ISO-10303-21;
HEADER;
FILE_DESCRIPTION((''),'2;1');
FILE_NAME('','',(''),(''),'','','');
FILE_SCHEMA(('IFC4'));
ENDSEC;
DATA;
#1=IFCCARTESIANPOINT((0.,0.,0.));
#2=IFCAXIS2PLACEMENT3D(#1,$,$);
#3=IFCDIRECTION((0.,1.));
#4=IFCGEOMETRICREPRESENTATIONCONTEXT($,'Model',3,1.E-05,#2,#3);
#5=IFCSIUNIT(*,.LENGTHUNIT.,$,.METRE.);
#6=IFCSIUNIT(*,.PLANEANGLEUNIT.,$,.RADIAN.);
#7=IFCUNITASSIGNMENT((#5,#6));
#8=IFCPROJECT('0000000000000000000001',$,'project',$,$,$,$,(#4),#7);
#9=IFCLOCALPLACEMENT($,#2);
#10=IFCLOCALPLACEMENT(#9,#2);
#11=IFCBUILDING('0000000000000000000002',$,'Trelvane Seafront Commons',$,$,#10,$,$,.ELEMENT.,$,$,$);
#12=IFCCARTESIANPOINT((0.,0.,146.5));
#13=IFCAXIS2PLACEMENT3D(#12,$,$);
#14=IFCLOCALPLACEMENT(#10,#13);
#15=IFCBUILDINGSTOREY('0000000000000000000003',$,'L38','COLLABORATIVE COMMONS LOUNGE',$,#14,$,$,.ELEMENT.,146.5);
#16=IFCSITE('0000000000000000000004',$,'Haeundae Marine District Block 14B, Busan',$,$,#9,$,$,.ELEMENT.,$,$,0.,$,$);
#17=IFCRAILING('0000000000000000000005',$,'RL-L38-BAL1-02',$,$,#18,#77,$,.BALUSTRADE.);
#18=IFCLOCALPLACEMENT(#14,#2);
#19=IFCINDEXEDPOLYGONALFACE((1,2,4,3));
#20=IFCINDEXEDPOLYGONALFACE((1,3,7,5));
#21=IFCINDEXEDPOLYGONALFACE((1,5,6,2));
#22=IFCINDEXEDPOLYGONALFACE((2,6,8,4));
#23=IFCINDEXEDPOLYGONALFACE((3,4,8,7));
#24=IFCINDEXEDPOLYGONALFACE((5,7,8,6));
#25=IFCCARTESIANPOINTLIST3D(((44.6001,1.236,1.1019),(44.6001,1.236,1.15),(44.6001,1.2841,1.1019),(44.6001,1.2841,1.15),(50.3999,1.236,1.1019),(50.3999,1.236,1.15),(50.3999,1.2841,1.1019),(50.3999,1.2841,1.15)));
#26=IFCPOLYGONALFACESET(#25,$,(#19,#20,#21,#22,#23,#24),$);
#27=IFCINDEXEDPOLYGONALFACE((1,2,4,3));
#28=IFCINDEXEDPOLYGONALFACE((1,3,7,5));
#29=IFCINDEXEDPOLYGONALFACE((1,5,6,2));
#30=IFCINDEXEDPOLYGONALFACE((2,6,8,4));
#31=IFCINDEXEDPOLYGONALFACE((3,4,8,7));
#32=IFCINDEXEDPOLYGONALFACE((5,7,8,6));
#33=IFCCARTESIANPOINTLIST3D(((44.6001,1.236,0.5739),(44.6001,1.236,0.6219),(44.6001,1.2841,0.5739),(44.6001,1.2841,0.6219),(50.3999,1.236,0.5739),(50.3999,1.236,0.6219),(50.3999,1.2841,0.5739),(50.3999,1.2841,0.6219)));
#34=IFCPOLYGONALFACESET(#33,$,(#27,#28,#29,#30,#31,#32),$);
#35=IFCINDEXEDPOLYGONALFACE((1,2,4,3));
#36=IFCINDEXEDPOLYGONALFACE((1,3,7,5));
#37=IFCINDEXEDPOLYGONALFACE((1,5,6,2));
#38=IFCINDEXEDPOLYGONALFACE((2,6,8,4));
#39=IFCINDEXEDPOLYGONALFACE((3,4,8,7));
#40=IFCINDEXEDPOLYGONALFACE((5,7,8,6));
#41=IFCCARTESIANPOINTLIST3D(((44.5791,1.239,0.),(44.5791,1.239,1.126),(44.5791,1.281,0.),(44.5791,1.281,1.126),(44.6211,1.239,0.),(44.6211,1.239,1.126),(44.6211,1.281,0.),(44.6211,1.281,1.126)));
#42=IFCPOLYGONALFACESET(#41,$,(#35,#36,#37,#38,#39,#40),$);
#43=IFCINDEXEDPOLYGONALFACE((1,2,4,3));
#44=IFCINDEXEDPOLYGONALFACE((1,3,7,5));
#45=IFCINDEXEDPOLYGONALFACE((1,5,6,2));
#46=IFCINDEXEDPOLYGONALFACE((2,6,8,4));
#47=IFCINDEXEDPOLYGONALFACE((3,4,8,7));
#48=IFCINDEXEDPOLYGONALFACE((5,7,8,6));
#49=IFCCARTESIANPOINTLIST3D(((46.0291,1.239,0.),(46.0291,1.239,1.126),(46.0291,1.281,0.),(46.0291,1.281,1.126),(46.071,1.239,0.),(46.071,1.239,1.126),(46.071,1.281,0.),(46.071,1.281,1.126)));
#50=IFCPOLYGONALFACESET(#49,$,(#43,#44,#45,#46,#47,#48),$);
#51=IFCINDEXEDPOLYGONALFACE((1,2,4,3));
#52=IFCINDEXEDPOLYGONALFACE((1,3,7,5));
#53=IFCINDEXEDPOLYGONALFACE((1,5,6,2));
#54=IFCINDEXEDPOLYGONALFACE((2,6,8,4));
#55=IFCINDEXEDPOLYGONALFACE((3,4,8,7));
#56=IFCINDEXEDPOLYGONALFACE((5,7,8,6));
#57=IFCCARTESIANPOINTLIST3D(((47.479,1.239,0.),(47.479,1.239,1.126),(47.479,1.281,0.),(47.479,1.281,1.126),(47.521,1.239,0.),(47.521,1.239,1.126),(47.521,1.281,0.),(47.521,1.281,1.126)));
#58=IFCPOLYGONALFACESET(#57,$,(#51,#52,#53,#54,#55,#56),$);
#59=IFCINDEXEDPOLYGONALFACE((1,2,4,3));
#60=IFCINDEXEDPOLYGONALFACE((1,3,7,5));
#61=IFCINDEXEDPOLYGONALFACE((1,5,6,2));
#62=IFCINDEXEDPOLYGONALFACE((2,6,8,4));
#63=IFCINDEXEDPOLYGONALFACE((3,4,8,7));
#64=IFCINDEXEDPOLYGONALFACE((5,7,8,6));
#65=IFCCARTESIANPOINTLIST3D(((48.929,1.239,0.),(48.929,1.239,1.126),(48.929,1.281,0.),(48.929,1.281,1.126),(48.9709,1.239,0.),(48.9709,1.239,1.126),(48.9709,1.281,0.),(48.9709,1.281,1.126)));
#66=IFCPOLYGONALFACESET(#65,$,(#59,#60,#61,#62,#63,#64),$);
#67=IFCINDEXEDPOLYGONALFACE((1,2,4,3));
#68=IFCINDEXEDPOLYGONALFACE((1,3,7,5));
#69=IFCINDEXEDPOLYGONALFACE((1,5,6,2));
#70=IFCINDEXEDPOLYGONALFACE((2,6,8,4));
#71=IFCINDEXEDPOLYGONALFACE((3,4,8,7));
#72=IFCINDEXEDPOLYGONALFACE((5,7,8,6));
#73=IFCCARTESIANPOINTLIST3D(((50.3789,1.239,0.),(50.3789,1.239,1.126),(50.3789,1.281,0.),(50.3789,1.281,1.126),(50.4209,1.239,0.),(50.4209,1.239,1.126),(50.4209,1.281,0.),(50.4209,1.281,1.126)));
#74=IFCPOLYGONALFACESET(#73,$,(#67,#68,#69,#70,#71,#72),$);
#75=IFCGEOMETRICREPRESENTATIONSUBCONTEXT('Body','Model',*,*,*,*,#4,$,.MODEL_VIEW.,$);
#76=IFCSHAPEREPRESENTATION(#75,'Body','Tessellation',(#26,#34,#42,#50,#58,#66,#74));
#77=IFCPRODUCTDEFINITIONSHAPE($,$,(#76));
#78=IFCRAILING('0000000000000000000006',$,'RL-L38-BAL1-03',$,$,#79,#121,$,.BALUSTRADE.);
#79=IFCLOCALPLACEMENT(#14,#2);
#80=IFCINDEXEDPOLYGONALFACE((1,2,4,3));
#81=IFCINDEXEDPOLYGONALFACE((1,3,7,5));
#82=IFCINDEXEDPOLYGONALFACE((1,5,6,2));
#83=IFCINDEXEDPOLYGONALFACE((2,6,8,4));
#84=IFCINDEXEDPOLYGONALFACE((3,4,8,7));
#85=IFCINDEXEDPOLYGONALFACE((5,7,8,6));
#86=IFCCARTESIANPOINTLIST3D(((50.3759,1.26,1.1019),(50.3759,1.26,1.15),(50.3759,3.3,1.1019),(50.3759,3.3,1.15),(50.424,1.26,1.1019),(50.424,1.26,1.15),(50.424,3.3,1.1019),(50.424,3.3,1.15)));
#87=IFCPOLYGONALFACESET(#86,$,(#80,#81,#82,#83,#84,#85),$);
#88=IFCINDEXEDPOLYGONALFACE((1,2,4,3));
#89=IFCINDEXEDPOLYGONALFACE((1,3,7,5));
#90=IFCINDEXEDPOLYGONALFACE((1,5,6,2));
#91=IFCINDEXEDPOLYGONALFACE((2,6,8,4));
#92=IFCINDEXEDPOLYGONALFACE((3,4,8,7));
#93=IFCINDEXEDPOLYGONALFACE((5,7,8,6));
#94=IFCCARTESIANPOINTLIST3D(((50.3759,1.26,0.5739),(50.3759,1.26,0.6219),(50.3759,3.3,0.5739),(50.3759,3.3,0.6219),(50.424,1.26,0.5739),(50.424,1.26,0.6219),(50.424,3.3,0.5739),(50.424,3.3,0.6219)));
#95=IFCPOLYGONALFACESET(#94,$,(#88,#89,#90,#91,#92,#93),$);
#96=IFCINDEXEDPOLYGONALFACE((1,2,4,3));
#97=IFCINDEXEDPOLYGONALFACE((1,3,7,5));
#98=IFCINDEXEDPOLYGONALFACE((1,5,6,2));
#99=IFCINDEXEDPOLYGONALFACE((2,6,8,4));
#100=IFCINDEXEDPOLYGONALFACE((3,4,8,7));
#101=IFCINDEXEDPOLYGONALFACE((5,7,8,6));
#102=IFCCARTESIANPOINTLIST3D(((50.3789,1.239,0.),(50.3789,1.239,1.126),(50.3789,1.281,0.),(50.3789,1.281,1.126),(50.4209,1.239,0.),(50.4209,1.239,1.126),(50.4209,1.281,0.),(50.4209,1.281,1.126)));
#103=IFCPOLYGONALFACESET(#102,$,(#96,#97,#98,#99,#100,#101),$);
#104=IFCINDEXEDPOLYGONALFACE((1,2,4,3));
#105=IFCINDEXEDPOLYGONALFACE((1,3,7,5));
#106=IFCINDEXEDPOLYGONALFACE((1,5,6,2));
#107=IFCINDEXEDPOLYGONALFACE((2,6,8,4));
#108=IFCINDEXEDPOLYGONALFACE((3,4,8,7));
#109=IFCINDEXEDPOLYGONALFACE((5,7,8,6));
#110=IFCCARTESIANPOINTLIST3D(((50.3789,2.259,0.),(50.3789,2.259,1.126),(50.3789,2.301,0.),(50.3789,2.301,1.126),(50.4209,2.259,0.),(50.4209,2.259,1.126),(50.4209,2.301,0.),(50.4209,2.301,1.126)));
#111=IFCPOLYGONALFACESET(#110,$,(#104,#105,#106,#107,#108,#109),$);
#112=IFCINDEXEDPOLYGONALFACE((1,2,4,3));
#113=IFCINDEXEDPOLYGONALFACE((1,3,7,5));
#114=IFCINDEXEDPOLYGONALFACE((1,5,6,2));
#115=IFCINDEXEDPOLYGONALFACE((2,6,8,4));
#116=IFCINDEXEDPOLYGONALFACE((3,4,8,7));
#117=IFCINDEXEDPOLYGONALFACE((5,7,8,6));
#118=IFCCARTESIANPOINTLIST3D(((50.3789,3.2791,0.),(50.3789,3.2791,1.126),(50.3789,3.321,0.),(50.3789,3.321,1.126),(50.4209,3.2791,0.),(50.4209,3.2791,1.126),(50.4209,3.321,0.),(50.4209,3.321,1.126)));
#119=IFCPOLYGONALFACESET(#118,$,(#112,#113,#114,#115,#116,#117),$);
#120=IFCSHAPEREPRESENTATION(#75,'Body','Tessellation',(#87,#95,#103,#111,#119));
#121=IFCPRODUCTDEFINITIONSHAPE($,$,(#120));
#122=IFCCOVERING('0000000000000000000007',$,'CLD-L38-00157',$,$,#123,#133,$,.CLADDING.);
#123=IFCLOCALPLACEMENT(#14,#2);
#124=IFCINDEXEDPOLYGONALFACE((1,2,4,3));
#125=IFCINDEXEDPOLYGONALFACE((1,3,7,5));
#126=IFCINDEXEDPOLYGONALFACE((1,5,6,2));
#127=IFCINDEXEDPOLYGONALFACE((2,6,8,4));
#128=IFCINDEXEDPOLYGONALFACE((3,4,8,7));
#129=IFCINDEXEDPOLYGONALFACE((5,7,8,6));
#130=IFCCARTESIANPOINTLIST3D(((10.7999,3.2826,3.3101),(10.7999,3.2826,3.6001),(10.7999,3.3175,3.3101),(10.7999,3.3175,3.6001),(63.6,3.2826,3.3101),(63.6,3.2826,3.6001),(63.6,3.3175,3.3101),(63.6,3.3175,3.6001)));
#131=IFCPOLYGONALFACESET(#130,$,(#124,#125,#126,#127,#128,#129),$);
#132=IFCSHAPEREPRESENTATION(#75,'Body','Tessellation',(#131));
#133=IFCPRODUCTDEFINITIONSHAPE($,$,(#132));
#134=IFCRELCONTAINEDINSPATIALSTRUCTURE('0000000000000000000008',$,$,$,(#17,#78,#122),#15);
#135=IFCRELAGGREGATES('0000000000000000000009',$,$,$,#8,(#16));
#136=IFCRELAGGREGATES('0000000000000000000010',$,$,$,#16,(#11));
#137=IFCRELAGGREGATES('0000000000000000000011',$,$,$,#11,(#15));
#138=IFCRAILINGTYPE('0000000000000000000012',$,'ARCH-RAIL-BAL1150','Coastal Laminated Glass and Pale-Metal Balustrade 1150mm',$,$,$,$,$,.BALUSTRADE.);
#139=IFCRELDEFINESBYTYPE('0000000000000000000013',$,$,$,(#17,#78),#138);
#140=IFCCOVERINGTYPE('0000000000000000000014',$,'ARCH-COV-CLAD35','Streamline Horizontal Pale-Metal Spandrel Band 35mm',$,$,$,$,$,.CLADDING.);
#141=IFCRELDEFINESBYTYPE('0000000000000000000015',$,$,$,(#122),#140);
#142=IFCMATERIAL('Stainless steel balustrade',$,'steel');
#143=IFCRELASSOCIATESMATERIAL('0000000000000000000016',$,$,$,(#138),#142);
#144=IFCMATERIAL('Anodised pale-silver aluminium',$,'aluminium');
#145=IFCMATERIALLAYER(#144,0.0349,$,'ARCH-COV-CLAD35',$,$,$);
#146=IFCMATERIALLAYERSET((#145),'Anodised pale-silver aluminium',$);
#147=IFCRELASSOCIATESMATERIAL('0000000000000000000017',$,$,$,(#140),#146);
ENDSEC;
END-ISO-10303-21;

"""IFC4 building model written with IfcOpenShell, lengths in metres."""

from ifc_helpers import new_model, si_unit, direction, frame, origin, origin_2d, place, context, subcontext, project, spatial, rectangle, extrude, source, transform, mapped, material, layer, layer_set, type_object, element, save


model = new_model("IFC4")

# Units and contexts
model_context = context("Model", 3, precision=1e-05, world=origin(), true_north=direction((0.0, 1.0)))
body_context = subcontext(model_context, "Body", "Model", "MODEL_VIEW")
ifc_project = project(units=[si_unit("LENGTHUNIT", "METRE"), si_unit("PLANEANGLEUNIT", "RADIAN")], contexts=[model_context])

# Site, building, storey
site_placement = place(None, origin())
site = spatial("IfcSite", under=ifc_project, at=site_placement, Name="Haeundae Marine District Block 14B, Busan", CompositionType="ELEMENT", RefElevation=0.0)
building_placement = place(site_placement, origin())
building = spatial("IfcBuilding", under=site, at=building_placement, Name="Trelvane Seafront Commons", CompositionType="ELEMENT")
storey_placement = place(building_placement, frame((0.0, 0.0, 146.5)))
storey = spatial("IfcBuildingStorey", under=building, at=storey_placement, Name="L38", Description="COLLABORATIVE COMMONS LOUNGE", CompositionType="ELEMENT", Elevation=146.5)

# Shared definitions
ifc_material_1 = material(Name="Anodised pale-silver aluminium", Category="aluminium")

# Railings
ifc_material_2 = material(Name="Stainless steel balustrade", Category="steel")
railing_type = type_object("IfcRailingType", Name="ARCH-RAIL-BAL1150", Description="Coastal Laminated Glass and Pale-Metal Balustrade 1150mm", PredefinedType="BALUSTRADE", material=ifc_material_2)
railing_1_placement = place(storey_placement, frame((44.6001, 1.26, 0.0)))
element("IfcRailing", 1, at=railing_1_placement, inside=storey, type_object=railing_type, Name="RL-L38-BAL1-02", PredefinedType="BALUSTRADE", context=body_context, shape_type="SweptSolid", body=[
    extrude(rectangle(XDim=0.0481, YDim=0.0481, at=origin_2d()), frame((0.0, 0.0, 1.126), z_axis=(1.0, 0.0, 0.0), x_axis=(0.0, 1.0, 0.0)), (0.0, 0.0, 1.0), 5.7998),
    extrude(rectangle(XDim=0.0481, YDim=0.0481, at=origin_2d()), frame((0.0, 0.0, 0.5979), z_axis=(1.0, 0.0, 0.0), x_axis=(0.0, 1.0, 0.0)), (0.0, 0.0, 1.0), 5.7998),
    extrude(rectangle(XDim=0.042, YDim=0.042, at=origin_2d()), origin(), (0.0, 0.0, 1.0), 1.126),
    extrude(rectangle(XDim=0.042, YDim=0.042, at=origin_2d()), frame((1.45, 0.0, 0.0)), (0.0, 0.0, 1.0), 1.126),
    extrude(rectangle(XDim=0.042, YDim=0.042, at=origin_2d()), frame((2.8999, 0.0, 0.0)), (0.0, 0.0, 1.0), 1.126),
    extrude(rectangle(XDim=0.042, YDim=0.042, at=origin_2d()), frame((4.3499, 0.0, 0.0)), (0.0, 0.0, 1.0), 1.126),
    extrude(rectangle(XDim=0.042, YDim=0.042, at=origin_2d()), frame((5.7998, 0.0, 0.0)), (0.0, 0.0, 1.0), 1.126),
])
railing_2_placement = place(storey_placement, frame((50.3999, 1.26, 0.0)))
element("IfcRailing", 2, at=railing_2_placement, inside=storey, type_object=railing_type, Name="RL-L38-BAL1-03", PredefinedType="BALUSTRADE", context=body_context, shape_type="SweptSolid", body=[
    extrude(rectangle(XDim=0.0481, YDim=0.0481, at=origin_2d()), frame((0.0, 0.0, 1.126), z_axis=(0.0, 1.0, 0.0), x_axis=(-1.0, 0.0, 0.0)), (0.0, 0.0, 1.0), 2.04),
    extrude(rectangle(XDim=0.0481, YDim=0.0481, at=origin_2d()), frame((0.0, 0.0, 0.5979), z_axis=(0.0, 1.0, 0.0), x_axis=(-1.0, 0.0, 0.0)), (0.0, 0.0, 1.0), 2.04),
    extrude(rectangle(XDim=0.042, YDim=0.042, at=origin_2d()), origin(), (0.0, 0.0, 1.0), 1.126),
    extrude(rectangle(XDim=0.042, YDim=0.042, at=origin_2d()), frame((0.0, 1.02, 0.0)), (0.0, 0.0, 1.0), 1.126),
    extrude(rectangle(XDim=0.042, YDim=0.042, at=origin_2d()), frame((0.0, 2.04, 0.0)), (0.0, 0.0, 1.0), 1.126),
])

# Covering
ifc_layer_1 = layer(ifc_material_1, 0.0349, Name="ARCH-COV-CLAD35")
ifc_layer_set_1 = layer_set([ifc_layer_1], Name="Anodised pale-silver aluminium")
covering_type = type_object("IfcCoveringType", Name="ARCH-COV-CLAD35", Description="Streamline Horizontal Pale-Metal Spandrel Band 35mm", PredefinedType="CLADDING", material=ifc_layer_set_1)
shared_shape_1 = source(origin(), body_context, "Body", "SweptSolid", [
    extrude(rectangle(XDim=52.8, YDim=0.0349, at=origin_2d()), origin(), (0.0, 0.0, 1.0), 0.29),
])
covering_placement = place(storey_placement, frame((37.2, 3.3, 3.3101), z_axis=(0.0, 0.0, 1.0), x_axis=(-1.0, 0.0, 0.0)))
element("IfcCovering", 3, at=covering_placement, inside=storey, type_object=covering_type, Name="CLD-L38-00157", PredefinedType="CLADDING", context=body_context, shape_type="MappedRepresentation", body=[
    mapped(shared_shape_1, transform((0.0, 0.0, 0.0), x_axis=(1.0, 0.0, 0.0), y_axis=(0.0, 1.0, 0.0), z_axis=(0.0, 0.0, 1.0), scale=1.0)),
])

save(model, "model.ifc")
